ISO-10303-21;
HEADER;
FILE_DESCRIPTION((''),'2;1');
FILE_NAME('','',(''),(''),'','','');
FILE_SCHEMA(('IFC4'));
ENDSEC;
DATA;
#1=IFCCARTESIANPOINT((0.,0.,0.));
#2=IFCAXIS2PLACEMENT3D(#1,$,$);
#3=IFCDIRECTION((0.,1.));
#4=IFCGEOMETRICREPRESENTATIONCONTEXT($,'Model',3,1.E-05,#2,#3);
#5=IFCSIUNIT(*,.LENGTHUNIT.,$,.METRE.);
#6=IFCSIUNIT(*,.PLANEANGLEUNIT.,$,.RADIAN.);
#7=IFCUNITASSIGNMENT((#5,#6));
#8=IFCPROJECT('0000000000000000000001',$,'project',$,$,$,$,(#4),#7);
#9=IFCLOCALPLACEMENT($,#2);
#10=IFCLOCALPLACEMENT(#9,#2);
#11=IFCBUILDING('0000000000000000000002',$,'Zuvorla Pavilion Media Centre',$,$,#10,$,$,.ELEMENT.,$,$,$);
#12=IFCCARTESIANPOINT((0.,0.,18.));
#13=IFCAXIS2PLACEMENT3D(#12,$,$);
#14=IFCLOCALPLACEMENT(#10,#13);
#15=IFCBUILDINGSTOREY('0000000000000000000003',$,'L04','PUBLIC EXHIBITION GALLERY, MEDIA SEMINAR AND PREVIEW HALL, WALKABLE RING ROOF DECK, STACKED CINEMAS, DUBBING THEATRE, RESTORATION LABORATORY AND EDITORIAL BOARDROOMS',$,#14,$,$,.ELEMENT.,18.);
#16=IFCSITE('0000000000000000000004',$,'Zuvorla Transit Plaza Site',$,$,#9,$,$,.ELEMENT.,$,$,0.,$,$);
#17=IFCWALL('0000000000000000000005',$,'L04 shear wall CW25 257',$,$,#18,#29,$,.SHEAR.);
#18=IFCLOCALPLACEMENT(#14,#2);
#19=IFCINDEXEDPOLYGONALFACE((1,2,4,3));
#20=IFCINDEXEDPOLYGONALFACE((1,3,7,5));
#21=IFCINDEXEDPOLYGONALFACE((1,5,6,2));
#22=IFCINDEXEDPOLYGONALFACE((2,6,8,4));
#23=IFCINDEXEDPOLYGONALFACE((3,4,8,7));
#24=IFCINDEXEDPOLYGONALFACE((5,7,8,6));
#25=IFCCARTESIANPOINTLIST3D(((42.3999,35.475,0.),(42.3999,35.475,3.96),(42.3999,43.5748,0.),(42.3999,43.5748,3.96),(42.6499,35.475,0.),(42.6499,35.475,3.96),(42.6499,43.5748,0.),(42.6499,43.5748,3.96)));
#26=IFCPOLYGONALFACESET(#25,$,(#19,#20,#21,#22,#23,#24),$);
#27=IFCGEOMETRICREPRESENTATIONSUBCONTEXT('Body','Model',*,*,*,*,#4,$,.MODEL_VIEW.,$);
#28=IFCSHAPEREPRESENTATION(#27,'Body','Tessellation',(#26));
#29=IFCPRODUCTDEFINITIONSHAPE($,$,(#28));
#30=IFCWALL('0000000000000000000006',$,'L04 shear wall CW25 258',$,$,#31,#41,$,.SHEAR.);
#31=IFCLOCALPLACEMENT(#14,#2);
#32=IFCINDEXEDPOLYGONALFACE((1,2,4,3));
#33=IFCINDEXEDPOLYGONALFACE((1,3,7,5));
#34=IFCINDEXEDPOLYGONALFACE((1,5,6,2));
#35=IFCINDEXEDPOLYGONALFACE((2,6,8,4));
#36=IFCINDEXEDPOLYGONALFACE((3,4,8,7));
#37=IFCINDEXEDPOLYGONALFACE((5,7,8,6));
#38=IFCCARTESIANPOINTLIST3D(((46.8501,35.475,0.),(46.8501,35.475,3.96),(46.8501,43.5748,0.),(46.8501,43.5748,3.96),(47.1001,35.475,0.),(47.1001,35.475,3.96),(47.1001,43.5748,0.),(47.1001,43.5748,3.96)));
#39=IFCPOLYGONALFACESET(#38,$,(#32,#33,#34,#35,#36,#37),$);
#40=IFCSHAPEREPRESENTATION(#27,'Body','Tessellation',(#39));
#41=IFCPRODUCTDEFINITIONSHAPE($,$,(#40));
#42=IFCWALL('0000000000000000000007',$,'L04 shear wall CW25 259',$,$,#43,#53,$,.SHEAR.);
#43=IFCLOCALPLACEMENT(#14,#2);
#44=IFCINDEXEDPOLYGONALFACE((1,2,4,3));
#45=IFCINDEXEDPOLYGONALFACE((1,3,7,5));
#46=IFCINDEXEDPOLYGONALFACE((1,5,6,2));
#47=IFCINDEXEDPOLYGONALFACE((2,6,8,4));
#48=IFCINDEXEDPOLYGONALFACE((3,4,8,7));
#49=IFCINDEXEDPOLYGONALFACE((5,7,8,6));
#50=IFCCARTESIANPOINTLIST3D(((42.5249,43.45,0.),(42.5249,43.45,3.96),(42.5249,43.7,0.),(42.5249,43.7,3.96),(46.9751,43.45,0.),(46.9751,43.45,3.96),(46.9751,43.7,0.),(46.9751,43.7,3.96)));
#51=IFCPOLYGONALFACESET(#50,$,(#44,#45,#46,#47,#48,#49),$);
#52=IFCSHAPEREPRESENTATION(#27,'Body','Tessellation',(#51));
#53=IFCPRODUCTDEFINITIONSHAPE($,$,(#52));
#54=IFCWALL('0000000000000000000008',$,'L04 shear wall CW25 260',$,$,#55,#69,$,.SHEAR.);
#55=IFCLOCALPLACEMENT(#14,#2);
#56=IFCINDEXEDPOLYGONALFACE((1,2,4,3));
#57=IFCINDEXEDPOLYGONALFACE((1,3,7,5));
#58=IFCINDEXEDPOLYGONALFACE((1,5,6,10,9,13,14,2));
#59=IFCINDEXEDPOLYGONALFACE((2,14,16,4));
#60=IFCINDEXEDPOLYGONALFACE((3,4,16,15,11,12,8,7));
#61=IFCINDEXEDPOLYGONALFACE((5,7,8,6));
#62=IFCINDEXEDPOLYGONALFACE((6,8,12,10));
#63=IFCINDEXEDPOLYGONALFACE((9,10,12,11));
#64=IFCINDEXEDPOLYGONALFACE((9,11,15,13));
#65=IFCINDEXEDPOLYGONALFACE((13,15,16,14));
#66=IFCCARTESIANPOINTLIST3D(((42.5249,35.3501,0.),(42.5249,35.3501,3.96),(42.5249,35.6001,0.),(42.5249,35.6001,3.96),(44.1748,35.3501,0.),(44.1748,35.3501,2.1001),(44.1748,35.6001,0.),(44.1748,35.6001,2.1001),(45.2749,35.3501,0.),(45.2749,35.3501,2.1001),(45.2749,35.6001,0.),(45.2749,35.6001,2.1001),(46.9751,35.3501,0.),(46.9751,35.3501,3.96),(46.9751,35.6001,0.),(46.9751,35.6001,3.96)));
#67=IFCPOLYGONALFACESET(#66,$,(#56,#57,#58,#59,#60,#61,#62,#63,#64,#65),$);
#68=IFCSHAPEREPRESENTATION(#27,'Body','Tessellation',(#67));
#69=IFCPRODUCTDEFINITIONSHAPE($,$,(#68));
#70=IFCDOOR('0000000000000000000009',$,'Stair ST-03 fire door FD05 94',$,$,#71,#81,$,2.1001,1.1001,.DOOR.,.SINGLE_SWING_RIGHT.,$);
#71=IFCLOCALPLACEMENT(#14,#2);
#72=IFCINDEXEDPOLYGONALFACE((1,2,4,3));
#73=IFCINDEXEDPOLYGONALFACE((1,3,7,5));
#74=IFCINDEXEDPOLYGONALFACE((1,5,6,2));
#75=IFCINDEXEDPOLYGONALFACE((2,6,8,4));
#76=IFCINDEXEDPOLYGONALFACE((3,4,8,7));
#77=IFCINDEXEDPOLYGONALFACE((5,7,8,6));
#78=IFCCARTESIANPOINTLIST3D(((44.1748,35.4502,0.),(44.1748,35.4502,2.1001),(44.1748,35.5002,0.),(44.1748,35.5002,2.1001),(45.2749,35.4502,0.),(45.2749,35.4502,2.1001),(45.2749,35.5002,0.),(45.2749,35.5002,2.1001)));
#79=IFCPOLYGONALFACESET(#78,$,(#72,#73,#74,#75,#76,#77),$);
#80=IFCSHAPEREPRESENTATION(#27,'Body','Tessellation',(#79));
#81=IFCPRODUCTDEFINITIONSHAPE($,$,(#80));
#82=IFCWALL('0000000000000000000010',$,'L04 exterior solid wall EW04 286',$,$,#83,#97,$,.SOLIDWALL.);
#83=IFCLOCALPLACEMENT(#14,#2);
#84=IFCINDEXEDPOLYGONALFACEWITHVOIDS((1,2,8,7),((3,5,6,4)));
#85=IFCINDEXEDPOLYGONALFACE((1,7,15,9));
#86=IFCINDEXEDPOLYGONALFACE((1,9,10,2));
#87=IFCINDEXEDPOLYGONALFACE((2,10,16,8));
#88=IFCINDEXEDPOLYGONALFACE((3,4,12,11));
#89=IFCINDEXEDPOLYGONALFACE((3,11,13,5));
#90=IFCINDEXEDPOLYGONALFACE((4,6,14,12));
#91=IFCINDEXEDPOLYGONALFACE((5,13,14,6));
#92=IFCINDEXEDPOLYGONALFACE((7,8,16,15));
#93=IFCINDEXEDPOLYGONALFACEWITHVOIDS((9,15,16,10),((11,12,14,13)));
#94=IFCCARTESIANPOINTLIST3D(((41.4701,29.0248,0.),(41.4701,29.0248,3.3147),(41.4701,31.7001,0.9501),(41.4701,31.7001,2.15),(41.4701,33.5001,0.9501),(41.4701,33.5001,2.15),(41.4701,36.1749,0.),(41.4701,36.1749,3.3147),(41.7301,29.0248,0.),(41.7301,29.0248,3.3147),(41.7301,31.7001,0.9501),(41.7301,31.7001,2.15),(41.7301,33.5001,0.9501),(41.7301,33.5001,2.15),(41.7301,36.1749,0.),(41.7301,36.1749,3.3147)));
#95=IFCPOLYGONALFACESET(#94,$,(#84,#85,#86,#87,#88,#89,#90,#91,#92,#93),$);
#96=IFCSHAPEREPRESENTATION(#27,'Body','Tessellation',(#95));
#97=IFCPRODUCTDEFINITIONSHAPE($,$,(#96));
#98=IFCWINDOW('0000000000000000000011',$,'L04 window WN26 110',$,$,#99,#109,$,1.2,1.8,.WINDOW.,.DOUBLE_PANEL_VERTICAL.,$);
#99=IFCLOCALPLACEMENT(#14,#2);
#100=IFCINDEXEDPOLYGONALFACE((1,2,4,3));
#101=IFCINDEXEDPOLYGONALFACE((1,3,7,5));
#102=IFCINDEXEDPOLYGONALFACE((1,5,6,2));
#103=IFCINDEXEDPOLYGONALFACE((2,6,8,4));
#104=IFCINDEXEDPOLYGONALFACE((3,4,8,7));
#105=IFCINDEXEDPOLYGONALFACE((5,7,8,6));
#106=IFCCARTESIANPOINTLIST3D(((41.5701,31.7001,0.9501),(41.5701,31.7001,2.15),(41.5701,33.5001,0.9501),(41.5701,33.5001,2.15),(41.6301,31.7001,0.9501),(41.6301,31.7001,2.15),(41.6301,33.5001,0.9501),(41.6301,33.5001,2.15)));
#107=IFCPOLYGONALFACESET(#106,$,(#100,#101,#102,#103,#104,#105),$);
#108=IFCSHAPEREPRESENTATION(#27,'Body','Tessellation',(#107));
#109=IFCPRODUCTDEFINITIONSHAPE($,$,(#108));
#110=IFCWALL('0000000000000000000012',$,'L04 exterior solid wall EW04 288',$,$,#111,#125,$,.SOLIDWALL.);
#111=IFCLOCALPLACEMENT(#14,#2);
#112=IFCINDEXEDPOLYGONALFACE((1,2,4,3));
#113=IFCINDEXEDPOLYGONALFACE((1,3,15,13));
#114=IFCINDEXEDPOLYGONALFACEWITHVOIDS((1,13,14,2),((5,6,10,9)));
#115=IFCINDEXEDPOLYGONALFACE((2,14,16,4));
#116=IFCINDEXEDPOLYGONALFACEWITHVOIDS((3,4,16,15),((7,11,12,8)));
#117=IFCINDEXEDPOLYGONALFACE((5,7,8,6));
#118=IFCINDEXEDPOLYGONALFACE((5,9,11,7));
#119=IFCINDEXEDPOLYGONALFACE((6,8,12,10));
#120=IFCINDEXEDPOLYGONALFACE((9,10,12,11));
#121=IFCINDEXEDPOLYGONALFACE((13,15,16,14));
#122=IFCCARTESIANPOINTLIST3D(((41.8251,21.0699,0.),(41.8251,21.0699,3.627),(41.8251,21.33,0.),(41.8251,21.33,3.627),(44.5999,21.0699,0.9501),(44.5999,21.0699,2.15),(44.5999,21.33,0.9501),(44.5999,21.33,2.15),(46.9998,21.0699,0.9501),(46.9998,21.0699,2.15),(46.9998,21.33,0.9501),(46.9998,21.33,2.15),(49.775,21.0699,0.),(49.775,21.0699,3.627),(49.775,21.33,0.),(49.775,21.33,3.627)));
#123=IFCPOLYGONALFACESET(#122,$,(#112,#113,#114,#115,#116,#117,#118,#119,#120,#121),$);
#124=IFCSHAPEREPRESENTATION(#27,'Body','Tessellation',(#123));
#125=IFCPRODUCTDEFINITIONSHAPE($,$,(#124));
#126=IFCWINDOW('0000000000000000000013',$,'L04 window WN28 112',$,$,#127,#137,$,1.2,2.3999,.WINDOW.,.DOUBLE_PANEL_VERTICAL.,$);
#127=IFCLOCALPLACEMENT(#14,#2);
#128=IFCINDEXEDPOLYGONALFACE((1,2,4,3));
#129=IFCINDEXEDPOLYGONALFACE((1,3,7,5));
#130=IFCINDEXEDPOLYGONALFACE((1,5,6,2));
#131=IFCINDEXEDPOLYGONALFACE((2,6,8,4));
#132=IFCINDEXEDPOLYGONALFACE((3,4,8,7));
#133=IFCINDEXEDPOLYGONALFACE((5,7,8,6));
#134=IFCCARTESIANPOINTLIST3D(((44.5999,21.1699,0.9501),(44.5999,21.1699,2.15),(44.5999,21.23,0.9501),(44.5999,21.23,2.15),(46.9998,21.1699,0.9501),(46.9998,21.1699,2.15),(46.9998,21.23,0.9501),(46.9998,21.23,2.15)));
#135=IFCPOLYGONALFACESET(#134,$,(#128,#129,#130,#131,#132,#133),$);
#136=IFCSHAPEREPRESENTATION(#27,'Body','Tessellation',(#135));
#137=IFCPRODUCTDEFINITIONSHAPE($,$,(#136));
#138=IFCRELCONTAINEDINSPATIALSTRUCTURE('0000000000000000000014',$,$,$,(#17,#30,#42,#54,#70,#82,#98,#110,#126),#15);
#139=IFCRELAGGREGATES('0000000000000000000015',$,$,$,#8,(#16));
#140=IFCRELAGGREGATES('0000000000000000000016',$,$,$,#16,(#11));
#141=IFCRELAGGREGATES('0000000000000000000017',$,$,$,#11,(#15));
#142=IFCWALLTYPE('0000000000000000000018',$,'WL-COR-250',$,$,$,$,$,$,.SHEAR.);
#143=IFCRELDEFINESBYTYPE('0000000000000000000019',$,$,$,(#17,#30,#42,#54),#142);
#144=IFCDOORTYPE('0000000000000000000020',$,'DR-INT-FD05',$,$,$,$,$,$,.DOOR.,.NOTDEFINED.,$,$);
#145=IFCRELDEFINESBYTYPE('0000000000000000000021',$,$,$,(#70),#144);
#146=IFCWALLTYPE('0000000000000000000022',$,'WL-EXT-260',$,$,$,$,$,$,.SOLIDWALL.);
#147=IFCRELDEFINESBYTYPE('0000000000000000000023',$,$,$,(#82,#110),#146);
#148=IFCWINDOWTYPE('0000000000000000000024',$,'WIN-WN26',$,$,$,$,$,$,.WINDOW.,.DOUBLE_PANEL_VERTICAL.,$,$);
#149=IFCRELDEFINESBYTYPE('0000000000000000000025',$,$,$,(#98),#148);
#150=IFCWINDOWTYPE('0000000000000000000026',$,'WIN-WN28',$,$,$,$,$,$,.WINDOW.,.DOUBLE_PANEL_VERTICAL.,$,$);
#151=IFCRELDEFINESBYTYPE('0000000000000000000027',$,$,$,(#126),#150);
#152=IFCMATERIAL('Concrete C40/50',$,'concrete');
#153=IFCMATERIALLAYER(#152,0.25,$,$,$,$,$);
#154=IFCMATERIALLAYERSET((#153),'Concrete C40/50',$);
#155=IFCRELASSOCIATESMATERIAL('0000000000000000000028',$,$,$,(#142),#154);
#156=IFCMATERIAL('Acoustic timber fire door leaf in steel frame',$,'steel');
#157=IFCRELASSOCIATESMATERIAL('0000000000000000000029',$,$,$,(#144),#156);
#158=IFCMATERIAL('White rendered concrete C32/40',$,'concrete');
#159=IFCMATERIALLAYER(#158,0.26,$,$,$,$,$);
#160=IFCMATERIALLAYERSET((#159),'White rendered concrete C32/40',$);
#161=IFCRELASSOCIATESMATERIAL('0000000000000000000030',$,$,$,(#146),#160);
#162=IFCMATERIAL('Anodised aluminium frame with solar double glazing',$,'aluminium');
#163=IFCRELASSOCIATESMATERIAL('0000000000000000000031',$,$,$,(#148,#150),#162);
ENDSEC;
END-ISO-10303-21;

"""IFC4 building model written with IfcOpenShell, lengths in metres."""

from ifc_helpers import new_model, si_unit, direction, frame, frame_2d, origin, place, context, subcontext, project, spatial, rectangle, extrude, material, layer, layer_set, type_object, element, fill, save


model = new_model("IFC4")

# Units and contexts
model_context = context("Model", 3, precision=1e-05, world=origin(), true_north=direction((0.0, 1.0)))
body_context = subcontext(model_context, "Body", "Model", "MODEL_VIEW")
ifc_project = project(units=[si_unit("LENGTHUNIT", "METRE"), si_unit("PLANEANGLEUNIT", "RADIAN")], contexts=[model_context])

# Site, building, storey
site_placement = place(None, origin())
site = spatial("IfcSite", under=ifc_project, at=site_placement, Name="Zuvorla Transit Plaza Site", CompositionType="ELEMENT", RefElevation=0.0)
building_placement = place(site_placement, origin())
building = spatial("IfcBuilding", under=site, at=building_placement, Name="Zuvorla Pavilion Media Centre", CompositionType="ELEMENT")
storey_placement = place(building_placement, frame((0.0, 0.0, 18.0)))
storey = spatial("IfcBuildingStorey", under=building, at=storey_placement, Name="L04", Description="PUBLIC EXHIBITION GALLERY, MEDIA SEMINAR AND PREVIEW HALL, WALKABLE RING ROOF DECK, STACKED CINEMAS, DUBBING THEATRE, RESTORATION LABORATORY AND EDITORIAL BOARDROOMS", CompositionType="ELEMENT", Elevation=18.0)

# Shared definitions
ifc_material_1 = material(Name="Concrete C40/50", Category="concrete")

# Walls
ifc_layer_1 = layer(ifc_material_1, 0.25)
ifc_layer_set_1 = layer_set([ifc_layer_1], Name="Concrete C40/50")
wall_type_1 = type_object("IfcWallType", Name="WL-COR-250", PredefinedType="SHEAR", material=ifc_layer_set_1)
for number, where, z_axis, x_axis, name in (
    (1, (42.5249, 35.4751, 0.0), (0.0, 0.0, 1.0), (0.0, 1.0, 0.0), "L04 shear wall CW25 257"),
    (2, (46.9751, 35.4751, 0.0), (0.0, 0.0, 1.0), (0.0, 1.0, 0.0), "L04 shear wall CW25 258"),
):
    element("IfcWall", number, at=place(storey_placement, frame(where, z_axis=z_axis, x_axis=x_axis)), inside=storey, type_object=wall_type_1, Name=name, PredefinedType="SHEAR", context=body_context, shape_type="SweptSolid", body=[
        extrude(rectangle(XDim=8.0999, YDim=0.25, at=frame_2d((4.0498, 0.0))), origin(), (0.0, 0.0, 1.0), 3.96),
    ])
wall_1_placement = place(storey_placement, frame((42.5249, 43.575, 0.0), z_axis=(0.0, 0.0, 1.0), x_axis=(1.0, 0.0, 0.0)))
element("IfcWall", 3, at=wall_1_placement, inside=storey, type_object=wall_type_1, Name="L04 shear wall CW25 259", PredefinedType="SHEAR", context=body_context, shape_type="SweptSolid", body=[
    extrude(rectangle(XDim=4.4502, YDim=0.25, at=frame_2d((2.2251, 0.0))), origin(), (0.0, 0.0, 1.0), 3.96),
])

# Wall, opening, door
wall_2_placement = place(storey_placement, frame((42.5249, 35.4751, 0.0), z_axis=(0.0, 0.0, 1.0), x_axis=(1.0, 0.0, 0.0)))
wall_2 = element("IfcWall", 4, at=wall_2_placement, inside=storey, type_object=wall_type_1, Name="L04 shear wall CW25 260", PredefinedType="SHEAR", context=body_context, shape_type="SweptSolid", body=[
    extrude(rectangle(XDim=4.4502, YDim=0.25, at=frame_2d((2.2251, 0.0))), origin(), (0.0, 0.0, 1.0), 3.96),
])
opening_1_placement = place(wall_2_placement, frame((1.6499, 0.0, 0.0)))
opening_1 = element("IfcOpeningElement", 5, at=opening_1_placement, cuts=wall_2, PredefinedType="OPENING", context=body_context, shape_type="SweptSolid", body=[
    extrude(rectangle(XDim=1.1001, YDim=2.1001, at=frame_2d((0.55, 1.05))), frame((0.0, 0.135, 0.0), z_axis=(0.0, -1.0, 0.0), x_axis=(1.0, 0.0, 0.0)), (0.0, 0.0, 1.0), 0.27),
])
ifc_material_2 = material(Name="Acoustic timber fire door leaf in steel frame", Category="steel")
door_type = type_object("IfcDoorType", Name="DR-INT-FD05", OperationType="NOTDEFINED", PredefinedType="DOOR", material=ifc_material_2)
door_placement = place(opening_1_placement, frame((1.1001, 0.0, 0.0), z_axis=(0.0, 0.0, 1.0), x_axis=(-1.0, 0.0, 0.0)))
door = element("IfcDoor", 6, at=door_placement, inside=storey, type_object=door_type, Name="Stair ST-03 fire door FD05 94", OperationType="SINGLE_SWING_RIGHT", OverallHeight=2.1001, OverallWidth=1.1001, PredefinedType="DOOR", context=body_context, shape_type="SweptSolid", body=[
    extrude(rectangle(XDim=1.1001, YDim=2.1001, at=frame_2d((0.55, 1.05))), frame((0.0, 0.0249, 0.0), z_axis=(0.0, -1.0, 0.0), x_axis=(1.0, 0.0, 0.0)), (0.0, 0.0, 1.0), 0.05),
])
fill(opening_1, door)

# Walls, openings, windows
ifc_material_3 = material(Name="White rendered concrete C32/40", Category="concrete")
ifc_layer_2 = layer(ifc_material_3, 0.26)
ifc_layer_set_2 = layer_set([ifc_layer_2], Name="White rendered concrete C32/40")
wall_type_2 = type_object("IfcWallType", Name="WL-EXT-260", PredefinedType="SOLIDWALL", material=ifc_layer_set_2)
wall_3_placement = place(storey_placement, frame((41.6001, 36.175, 0.0), z_axis=(0.0, 0.0, 1.0), x_axis=(0.0, -1.0, 0.0)))
wall_3 = element("IfcWall", 7, at=wall_3_placement, inside=storey, type_object=wall_type_2, Name="L04 exterior solid wall EW04 286", PredefinedType="SOLIDWALL", context=body_context, shape_type="SweptSolid", body=[
    extrude(rectangle(XDim=7.1501, YDim=0.26, at=frame_2d((3.5752, 0.0))), origin(), (0.0, 0.0, 1.0), 3.3147),
])
opening_2_placement = place(wall_3_placement, frame((2.675, 0.0, 0.95)))
opening_2 = element("IfcOpeningElement", 8, at=opening_2_placement, cuts=wall_3, PredefinedType="OPENING", context=body_context, shape_type="SweptSolid", body=[
    extrude(rectangle(XDim=1.8, YDim=1.2, at=frame_2d((0.8999, 0.6001))), frame((0.0, 0.1399, 0.0), z_axis=(0.0, -1.0, 0.0), x_axis=(1.0, 0.0, 0.0)), (0.0, 0.0, 1.0), 0.28),
])
ifc_material_4 = material(Name="Anodised aluminium frame with solar double glazing", Category="aluminium")
window_type_1 = type_object("IfcWindowType", Name="WIN-WN26", PartitioningType="DOUBLE_PANEL_VERTICAL", PredefinedType="WINDOW", material=ifc_material_4)
window_1_placement = place(opening_2_placement, origin())
window_1 = element("IfcWindow", 9, at=window_1_placement, inside=storey, type_object=window_type_1, Name="L04 window WN26 110", OverallHeight=1.2, OverallWidth=1.8, PartitioningType="DOUBLE_PANEL_VERTICAL", PredefinedType="WINDOW", context=body_context, shape_type="SweptSolid", body=[
    extrude(rectangle(XDim=1.8, YDim=1.2, at=frame_2d((0.8999, 0.6001))), frame((0.0, 0.03, 0.0), z_axis=(0.0, -1.0, 0.0), x_axis=(1.0, 0.0, 0.0)), (0.0, 0.0, 1.0), 0.0601),
])
fill(opening_2, window_1)
wall_4_placement = place(storey_placement, frame((41.825, 21.2, 0.0), z_axis=(0.0, 0.0, 1.0), x_axis=(1.0, 0.0, 0.0)))
wall_4 = element("IfcWall", 10, at=wall_4_placement, inside=storey, type_object=wall_type_2, Name="L04 exterior solid wall EW04 288", PredefinedType="SOLIDWALL", context=body_context, shape_type="SweptSolid", body=[
    extrude(rectangle(XDim=7.95, YDim=0.26, at=frame_2d((3.9751, 0.0))), origin(), (0.0, 0.0, 1.0), 3.627),
])
opening_3_placement = place(wall_4_placement, frame((2.7749, 0.0, 0.95)))
opening_3 = element("IfcOpeningElement", 11, at=opening_3_placement, cuts=wall_4, PredefinedType="OPENING", context=body_context, shape_type="SweptSolid", body=[
    extrude(rectangle(XDim=2.3999, YDim=1.2, at=frame_2d((1.2, 0.6001))), frame((0.0, 0.1399, 0.0), z_axis=(0.0, -1.0, 0.0), x_axis=(1.0, 0.0, 0.0)), (0.0, 0.0, 1.0), 0.28),
])
window_type_2 = type_object("IfcWindowType", Name="WIN-WN28", PartitioningType="DOUBLE_PANEL_VERTICAL", PredefinedType="WINDOW", material=ifc_material_4)
window_2_placement = place(opening_3_placement, origin())
window_2 = element("IfcWindow", 12, at=window_2_placement, inside=storey, type_object=window_type_2, Name="L04 window WN28 112", OverallHeight=1.2, OverallWidth=2.3999, PartitioningType="DOUBLE_PANEL_VERTICAL", PredefinedType="WINDOW", context=body_context, shape_type="SweptSolid", body=[
    extrude(rectangle(XDim=2.3999, YDim=1.2, at=frame_2d((1.2, 0.6001))), frame((0.0, 0.03, 0.0), z_axis=(0.0, -1.0, 0.0), x_axis=(1.0, 0.0, 0.0)), (0.0, 0.0, 1.0), 0.0601),
])
fill(opening_3, window_2)

save(model, "model.ifc")
